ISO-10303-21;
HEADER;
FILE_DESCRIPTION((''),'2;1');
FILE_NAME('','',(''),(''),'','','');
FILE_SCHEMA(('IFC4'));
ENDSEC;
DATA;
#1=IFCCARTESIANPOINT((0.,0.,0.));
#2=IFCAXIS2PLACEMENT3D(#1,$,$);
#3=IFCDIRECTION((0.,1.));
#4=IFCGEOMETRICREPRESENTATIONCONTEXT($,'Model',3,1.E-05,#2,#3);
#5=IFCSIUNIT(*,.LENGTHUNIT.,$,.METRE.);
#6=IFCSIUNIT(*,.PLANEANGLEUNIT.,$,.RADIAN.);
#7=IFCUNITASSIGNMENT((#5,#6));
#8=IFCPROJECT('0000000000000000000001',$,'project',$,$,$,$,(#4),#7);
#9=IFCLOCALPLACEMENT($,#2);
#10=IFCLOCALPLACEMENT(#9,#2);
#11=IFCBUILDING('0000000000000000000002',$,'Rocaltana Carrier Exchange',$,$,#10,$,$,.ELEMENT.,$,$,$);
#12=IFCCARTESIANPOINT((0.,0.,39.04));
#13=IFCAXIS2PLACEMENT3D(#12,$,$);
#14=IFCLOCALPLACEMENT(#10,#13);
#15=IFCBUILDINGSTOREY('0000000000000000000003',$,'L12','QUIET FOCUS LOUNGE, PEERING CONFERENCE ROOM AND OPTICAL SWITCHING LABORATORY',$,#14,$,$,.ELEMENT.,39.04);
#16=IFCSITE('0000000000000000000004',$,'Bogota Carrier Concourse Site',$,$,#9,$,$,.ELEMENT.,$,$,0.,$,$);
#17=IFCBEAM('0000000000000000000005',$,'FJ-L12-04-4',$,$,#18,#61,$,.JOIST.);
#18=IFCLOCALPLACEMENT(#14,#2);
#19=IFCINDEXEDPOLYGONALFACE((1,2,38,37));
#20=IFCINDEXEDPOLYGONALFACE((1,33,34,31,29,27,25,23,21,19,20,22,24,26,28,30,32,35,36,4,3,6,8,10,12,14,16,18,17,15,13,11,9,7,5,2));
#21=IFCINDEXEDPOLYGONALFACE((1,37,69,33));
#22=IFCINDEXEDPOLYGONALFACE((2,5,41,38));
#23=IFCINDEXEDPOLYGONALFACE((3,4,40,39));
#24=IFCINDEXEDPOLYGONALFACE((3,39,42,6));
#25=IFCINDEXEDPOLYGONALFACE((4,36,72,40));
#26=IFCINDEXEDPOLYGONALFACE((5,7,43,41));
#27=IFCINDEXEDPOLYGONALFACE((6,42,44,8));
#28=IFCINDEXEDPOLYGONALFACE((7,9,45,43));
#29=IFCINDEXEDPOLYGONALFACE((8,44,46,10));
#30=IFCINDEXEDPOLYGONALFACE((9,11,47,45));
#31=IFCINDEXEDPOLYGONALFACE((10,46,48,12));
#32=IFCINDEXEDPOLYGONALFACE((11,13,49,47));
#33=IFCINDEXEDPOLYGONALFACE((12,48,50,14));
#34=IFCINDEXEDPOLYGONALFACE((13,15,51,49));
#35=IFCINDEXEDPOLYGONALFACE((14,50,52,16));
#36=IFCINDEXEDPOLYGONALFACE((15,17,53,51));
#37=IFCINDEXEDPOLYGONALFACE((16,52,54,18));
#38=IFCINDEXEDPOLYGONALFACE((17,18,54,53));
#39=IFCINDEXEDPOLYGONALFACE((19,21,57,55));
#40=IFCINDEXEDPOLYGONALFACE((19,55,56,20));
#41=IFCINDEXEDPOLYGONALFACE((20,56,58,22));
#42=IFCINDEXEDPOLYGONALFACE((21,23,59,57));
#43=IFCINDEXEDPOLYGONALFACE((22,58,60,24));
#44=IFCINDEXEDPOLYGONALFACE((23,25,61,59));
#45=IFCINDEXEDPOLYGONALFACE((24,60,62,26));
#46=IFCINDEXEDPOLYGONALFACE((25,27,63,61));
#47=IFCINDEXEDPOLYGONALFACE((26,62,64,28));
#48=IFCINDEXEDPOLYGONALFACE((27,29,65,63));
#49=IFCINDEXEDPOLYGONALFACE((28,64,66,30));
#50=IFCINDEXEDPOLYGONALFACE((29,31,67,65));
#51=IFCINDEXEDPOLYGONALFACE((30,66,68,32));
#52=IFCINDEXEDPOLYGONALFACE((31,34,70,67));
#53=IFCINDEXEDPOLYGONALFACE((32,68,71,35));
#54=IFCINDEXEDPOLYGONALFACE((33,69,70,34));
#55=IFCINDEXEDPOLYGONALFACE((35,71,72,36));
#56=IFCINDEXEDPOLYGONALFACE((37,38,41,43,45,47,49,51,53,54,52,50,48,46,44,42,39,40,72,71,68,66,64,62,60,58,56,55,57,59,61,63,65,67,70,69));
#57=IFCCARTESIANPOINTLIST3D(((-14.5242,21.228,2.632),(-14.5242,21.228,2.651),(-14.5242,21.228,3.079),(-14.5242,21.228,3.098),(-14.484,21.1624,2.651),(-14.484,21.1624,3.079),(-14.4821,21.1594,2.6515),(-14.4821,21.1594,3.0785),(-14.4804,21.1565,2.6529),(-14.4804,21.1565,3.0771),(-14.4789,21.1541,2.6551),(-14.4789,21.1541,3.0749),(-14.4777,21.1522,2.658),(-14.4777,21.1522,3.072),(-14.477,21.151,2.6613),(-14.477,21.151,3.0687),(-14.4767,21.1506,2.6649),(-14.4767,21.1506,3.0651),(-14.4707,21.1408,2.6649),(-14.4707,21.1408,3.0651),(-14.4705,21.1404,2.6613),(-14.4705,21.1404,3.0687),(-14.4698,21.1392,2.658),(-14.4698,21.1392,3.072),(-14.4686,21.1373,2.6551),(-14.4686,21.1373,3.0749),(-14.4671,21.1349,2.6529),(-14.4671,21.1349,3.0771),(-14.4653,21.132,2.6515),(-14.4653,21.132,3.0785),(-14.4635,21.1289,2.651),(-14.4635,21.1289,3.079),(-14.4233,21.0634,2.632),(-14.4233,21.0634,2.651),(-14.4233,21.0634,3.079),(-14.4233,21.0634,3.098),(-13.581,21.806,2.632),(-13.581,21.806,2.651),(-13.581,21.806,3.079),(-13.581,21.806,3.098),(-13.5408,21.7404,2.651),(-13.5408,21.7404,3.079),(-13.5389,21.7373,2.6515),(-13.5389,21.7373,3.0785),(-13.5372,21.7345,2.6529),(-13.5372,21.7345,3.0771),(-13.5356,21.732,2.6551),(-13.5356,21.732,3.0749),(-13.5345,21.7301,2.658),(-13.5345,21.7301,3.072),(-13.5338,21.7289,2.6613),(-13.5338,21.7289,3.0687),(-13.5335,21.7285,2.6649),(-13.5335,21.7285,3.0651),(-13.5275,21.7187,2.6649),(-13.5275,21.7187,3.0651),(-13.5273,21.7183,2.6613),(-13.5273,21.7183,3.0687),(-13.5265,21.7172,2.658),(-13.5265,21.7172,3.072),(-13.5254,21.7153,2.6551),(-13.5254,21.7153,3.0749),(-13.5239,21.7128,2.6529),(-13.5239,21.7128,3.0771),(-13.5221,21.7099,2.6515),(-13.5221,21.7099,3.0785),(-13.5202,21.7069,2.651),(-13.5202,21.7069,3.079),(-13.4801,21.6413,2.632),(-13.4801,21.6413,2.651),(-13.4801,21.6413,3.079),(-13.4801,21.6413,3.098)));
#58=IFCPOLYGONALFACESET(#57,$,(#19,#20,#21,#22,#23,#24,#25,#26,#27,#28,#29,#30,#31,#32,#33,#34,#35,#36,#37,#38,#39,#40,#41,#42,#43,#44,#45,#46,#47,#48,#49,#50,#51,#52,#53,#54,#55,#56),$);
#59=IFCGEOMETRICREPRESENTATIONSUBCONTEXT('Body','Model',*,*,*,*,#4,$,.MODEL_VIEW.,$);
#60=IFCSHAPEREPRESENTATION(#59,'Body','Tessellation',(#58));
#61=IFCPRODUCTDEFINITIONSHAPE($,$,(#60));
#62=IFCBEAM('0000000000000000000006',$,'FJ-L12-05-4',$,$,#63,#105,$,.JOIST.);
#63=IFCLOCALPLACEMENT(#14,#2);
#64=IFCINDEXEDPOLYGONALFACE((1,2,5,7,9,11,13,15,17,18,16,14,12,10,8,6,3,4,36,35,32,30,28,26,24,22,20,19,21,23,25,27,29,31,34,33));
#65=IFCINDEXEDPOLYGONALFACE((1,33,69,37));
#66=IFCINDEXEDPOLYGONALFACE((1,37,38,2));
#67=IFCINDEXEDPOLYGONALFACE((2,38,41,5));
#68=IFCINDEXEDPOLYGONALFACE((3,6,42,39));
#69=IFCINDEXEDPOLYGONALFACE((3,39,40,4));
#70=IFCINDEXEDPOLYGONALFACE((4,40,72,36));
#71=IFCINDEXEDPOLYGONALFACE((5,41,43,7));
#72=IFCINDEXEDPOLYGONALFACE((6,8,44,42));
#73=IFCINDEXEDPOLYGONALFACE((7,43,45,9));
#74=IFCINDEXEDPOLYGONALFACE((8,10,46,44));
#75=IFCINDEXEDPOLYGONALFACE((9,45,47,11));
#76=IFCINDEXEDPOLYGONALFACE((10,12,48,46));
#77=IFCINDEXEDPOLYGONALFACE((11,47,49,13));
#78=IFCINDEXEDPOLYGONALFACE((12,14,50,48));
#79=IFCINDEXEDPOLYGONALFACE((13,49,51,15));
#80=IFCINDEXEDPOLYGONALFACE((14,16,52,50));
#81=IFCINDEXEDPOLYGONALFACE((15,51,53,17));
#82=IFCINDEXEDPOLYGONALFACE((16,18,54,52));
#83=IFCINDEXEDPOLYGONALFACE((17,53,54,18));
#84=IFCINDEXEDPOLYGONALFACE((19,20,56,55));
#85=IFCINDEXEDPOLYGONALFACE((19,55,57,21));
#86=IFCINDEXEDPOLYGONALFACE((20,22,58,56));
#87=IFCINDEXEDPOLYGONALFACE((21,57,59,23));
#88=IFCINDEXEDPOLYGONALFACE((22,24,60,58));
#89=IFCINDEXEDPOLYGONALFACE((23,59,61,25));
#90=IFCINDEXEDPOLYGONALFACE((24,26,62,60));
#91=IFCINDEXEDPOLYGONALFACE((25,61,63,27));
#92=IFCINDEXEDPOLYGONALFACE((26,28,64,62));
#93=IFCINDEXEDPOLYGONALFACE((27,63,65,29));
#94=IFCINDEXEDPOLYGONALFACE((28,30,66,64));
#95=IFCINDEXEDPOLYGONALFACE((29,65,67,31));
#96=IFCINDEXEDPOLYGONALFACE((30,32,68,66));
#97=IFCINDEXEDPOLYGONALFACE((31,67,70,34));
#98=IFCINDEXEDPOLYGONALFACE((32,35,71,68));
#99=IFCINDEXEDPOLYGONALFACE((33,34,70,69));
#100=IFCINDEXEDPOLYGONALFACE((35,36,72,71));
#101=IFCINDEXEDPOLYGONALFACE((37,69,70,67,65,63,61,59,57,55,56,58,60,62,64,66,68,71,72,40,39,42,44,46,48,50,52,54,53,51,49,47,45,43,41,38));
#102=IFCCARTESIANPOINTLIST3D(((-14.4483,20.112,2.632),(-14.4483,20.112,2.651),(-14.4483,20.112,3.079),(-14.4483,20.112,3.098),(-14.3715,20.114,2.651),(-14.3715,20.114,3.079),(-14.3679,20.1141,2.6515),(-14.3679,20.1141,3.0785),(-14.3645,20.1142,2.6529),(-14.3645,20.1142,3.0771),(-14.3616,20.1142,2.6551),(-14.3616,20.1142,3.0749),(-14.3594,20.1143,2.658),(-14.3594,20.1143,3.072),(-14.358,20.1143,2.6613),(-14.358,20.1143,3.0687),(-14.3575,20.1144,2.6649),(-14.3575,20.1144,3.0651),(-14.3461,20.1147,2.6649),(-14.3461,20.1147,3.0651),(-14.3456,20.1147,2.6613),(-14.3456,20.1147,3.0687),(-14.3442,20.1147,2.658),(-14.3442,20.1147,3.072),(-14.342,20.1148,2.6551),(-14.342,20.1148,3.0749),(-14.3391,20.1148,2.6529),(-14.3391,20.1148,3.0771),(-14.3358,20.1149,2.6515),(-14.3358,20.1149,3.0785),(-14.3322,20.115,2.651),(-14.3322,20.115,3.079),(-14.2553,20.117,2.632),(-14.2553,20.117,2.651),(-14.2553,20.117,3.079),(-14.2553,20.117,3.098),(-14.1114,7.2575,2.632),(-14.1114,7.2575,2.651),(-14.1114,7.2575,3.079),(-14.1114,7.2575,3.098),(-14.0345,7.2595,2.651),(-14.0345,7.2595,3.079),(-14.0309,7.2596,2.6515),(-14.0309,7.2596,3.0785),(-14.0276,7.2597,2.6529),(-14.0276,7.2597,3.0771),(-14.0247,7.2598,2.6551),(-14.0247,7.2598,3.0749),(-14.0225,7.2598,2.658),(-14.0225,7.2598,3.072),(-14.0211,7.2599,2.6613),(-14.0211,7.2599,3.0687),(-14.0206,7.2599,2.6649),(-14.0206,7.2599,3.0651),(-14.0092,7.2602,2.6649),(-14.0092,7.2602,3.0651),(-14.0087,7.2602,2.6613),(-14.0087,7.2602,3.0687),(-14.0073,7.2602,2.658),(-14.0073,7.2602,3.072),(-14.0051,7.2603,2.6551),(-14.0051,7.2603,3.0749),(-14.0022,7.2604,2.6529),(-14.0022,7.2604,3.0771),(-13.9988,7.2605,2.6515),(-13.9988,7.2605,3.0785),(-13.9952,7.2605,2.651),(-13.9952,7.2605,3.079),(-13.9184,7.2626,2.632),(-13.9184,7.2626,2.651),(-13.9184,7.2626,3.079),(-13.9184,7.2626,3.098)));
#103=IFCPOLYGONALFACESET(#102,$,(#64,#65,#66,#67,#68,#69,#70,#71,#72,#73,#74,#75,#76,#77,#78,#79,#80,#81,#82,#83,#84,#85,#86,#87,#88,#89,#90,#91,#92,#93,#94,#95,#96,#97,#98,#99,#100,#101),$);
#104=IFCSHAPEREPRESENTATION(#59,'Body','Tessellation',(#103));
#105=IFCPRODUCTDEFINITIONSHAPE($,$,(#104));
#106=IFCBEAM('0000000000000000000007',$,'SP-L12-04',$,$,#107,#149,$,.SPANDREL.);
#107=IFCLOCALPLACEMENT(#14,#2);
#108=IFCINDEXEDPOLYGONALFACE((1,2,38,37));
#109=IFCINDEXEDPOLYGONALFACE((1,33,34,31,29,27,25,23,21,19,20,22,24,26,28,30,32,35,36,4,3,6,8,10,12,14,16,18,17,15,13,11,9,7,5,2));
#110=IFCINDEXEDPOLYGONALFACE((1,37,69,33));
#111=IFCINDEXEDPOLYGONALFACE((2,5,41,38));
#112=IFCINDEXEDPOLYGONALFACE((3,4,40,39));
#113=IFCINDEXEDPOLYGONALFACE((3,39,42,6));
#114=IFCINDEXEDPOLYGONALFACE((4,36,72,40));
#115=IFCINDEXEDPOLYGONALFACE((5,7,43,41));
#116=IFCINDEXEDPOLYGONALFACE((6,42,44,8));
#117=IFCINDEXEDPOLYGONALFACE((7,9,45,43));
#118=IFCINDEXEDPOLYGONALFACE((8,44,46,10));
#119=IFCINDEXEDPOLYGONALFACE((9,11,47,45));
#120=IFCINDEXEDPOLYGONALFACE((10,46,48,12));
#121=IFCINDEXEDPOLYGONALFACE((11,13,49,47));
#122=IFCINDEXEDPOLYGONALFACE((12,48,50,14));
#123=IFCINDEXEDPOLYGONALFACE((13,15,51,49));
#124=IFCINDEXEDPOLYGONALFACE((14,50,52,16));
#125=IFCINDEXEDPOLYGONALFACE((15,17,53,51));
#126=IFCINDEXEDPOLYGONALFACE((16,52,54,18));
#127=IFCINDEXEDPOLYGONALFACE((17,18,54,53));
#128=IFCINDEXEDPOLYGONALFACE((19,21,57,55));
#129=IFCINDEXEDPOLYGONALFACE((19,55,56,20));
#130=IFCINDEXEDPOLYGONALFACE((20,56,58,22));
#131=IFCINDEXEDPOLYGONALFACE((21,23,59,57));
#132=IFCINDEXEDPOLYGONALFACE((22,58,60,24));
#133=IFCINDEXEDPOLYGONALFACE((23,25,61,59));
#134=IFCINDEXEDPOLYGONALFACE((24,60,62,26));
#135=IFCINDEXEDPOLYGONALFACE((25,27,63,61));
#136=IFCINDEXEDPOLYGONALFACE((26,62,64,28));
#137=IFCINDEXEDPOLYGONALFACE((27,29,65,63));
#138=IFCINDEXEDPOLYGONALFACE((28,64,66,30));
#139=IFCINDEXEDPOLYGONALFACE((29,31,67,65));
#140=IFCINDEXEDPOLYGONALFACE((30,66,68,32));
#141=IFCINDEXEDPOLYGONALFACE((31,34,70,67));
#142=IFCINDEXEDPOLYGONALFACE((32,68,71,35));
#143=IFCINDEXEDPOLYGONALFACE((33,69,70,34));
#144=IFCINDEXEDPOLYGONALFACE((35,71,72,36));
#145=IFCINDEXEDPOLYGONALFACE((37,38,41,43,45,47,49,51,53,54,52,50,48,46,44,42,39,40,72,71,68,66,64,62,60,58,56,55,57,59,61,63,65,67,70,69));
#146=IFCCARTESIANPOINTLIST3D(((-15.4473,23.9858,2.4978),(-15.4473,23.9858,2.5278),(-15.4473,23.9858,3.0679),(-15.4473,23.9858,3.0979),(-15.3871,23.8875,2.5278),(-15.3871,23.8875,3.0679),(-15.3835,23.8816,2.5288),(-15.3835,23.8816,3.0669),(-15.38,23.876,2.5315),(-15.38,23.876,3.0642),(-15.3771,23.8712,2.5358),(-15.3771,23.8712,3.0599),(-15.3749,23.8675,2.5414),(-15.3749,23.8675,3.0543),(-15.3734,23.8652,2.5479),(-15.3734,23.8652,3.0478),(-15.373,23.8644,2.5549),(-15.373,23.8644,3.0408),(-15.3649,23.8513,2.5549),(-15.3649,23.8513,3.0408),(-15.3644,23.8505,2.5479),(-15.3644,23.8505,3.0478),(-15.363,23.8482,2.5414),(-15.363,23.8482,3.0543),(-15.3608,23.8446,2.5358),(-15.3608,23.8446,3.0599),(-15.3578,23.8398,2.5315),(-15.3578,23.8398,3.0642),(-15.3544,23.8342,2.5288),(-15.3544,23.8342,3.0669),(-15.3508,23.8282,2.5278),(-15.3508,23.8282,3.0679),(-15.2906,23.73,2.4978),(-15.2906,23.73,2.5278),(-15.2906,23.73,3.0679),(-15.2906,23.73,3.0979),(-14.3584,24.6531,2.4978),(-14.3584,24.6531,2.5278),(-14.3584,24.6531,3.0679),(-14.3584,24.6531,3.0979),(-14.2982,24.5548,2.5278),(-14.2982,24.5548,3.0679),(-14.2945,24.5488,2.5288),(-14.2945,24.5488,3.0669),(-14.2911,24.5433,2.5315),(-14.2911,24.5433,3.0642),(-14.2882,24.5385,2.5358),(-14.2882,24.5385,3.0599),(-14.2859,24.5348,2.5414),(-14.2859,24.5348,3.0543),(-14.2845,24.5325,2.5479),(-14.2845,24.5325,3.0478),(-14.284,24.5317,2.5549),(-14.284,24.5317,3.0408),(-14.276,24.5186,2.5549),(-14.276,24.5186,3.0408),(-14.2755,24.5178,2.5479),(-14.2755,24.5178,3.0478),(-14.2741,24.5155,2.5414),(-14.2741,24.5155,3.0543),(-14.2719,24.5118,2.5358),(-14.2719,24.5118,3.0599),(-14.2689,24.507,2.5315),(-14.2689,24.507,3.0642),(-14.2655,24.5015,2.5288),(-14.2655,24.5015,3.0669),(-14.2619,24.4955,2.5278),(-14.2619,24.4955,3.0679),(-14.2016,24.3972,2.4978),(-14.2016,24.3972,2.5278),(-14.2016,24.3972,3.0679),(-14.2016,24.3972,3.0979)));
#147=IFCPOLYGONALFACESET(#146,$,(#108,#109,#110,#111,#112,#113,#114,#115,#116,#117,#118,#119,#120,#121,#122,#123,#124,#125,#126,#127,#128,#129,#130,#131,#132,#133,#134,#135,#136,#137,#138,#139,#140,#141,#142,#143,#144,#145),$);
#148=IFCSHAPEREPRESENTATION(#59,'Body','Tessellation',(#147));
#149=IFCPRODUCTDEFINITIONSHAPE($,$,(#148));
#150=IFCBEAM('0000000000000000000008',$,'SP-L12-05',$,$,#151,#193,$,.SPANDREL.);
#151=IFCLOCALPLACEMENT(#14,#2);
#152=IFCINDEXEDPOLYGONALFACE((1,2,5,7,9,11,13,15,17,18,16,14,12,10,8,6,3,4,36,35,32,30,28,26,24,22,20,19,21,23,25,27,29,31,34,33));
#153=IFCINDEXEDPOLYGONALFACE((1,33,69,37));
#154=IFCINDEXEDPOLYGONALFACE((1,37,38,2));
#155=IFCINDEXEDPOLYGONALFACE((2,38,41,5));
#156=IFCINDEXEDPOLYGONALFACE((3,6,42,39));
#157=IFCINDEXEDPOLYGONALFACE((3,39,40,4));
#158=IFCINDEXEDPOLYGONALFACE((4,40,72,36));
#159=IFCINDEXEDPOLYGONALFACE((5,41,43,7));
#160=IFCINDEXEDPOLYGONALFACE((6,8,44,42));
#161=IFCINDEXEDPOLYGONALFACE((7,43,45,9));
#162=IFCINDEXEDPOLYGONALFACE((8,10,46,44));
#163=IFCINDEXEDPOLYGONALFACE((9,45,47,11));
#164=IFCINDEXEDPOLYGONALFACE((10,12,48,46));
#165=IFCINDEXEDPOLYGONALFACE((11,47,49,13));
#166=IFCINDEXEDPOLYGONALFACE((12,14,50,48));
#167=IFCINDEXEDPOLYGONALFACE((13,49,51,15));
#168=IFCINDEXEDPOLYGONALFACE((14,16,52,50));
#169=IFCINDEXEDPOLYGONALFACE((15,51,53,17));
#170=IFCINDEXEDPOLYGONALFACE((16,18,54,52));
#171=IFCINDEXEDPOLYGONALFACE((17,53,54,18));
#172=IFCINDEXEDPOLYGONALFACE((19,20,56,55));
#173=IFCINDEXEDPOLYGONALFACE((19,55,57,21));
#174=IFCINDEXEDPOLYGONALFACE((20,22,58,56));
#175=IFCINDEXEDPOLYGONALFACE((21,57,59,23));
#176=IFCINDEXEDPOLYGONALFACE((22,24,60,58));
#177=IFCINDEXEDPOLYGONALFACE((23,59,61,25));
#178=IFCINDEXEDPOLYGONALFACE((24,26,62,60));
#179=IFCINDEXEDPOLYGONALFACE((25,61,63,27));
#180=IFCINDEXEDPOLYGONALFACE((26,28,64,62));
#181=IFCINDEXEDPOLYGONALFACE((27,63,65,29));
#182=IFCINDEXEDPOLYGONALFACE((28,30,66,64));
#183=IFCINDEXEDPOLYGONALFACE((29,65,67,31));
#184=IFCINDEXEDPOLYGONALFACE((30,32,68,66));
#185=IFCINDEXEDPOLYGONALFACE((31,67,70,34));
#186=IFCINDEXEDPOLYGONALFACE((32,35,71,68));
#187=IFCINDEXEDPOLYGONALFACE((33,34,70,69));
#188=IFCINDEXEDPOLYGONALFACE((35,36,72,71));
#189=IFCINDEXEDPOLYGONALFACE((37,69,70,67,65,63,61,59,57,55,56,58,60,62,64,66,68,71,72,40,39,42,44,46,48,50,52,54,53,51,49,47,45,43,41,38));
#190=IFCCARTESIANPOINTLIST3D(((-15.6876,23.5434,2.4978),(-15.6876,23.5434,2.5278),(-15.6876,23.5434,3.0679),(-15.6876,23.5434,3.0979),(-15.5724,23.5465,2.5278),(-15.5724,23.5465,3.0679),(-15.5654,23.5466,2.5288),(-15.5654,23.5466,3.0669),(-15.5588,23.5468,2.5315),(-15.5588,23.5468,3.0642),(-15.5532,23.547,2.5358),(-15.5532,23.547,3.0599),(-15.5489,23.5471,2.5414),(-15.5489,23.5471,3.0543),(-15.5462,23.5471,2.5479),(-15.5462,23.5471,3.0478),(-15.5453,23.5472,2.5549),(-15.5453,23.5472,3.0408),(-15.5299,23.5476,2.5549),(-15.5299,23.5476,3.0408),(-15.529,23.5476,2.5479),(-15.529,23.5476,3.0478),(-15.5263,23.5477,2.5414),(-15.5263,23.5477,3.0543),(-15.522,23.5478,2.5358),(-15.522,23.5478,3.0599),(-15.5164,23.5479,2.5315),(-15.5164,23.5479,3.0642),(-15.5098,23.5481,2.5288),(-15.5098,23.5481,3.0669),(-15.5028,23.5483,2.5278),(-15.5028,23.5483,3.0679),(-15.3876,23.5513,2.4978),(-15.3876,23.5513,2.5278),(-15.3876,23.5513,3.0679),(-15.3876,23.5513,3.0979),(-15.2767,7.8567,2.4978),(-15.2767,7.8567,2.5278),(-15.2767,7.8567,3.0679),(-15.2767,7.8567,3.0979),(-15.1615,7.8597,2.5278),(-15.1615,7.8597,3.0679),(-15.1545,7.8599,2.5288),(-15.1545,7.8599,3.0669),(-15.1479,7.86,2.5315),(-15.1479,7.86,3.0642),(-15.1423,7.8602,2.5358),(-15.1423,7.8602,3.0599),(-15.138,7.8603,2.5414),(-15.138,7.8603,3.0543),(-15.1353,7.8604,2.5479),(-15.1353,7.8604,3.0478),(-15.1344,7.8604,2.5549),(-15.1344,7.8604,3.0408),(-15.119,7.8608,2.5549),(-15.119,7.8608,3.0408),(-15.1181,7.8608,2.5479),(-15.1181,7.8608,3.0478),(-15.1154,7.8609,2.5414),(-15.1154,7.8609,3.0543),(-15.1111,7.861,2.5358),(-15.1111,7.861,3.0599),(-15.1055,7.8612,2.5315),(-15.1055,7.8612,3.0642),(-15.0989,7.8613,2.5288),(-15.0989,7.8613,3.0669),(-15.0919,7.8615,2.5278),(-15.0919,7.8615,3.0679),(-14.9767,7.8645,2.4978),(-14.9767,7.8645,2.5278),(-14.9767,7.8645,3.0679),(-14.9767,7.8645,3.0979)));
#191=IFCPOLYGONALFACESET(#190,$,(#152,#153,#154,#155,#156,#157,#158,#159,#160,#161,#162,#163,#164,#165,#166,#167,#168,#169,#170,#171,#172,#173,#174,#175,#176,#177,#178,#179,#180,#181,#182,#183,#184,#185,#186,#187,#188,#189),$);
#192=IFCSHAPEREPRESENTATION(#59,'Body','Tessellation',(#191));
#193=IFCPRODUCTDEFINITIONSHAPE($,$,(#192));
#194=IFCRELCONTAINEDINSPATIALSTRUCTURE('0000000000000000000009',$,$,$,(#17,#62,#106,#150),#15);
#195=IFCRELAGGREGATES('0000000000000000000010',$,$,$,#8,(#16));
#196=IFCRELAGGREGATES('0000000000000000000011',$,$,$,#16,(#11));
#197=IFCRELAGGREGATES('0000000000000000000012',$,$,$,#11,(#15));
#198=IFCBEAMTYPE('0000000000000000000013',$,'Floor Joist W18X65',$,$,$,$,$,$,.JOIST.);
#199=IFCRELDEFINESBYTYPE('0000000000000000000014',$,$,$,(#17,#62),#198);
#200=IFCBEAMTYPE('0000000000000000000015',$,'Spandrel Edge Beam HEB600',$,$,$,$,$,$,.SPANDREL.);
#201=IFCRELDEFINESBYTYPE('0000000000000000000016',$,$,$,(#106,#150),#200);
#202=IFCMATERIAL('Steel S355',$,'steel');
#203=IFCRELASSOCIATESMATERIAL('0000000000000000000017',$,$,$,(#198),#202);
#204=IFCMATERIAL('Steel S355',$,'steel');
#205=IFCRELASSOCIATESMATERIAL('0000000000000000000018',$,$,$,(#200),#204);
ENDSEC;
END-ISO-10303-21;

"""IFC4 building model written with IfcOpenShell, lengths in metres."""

from ifc_helpers import new_model, si_unit, direction, frame, origin, origin_2d, place, context, subcontext, project, spatial, i_section, extrude, material, material_profile, profile_set, type_object, element, save


model = new_model("IFC4")

# Units and contexts
model_context = context("Model", 3, precision=1e-05, world=origin(), true_north=direction((0.0, 1.0)))
body_context = subcontext(model_context, "Body", "Model", "MODEL_VIEW")
ifc_project = project(units=[si_unit("LENGTHUNIT", "METRE"), si_unit("PLANEANGLEUNIT", "RADIAN")], contexts=[model_context])

# Site, building, storey
site_placement = place(None, origin())
site = spatial("IfcSite", under=ifc_project, at=site_placement, Name="Bogota Carrier Concourse Site", CompositionType="ELEMENT", RefElevation=0.0)
building_placement = place(site_placement, origin())
building = spatial("IfcBuilding", under=site, at=building_placement, Name="Rocaltana Carrier Exchange", CompositionType="ELEMENT")
storey_placement = place(building_placement, frame((0.0, 0.0, 39.04)))
storey = spatial("IfcBuildingStorey", under=building, at=storey_placement, Name="L12", Description="QUIET FOCUS LOUNGE, PEERING CONFERENCE ROOM AND OPTICAL SWITCHING LABORATORY", CompositionType="ELEMENT", Elevation=39.04)

# Beams
ifc_material_1 = material(Name="Steel S355", Category="steel")
ifc_material_profile_1 = material_profile(ifc_material_1, i_section(OverallWidth=0.1931, OverallDepth=0.4661, WebThickness=0.0115, FlangeThickness=0.019, FilletRadius=0.0139, at=origin_2d()), Name="W18X65")
ifc_profile_set_1 = profile_set([ifc_material_profile_1], Name="Steel S355")
beam_type_1 = type_object("IfcBeamType", Name="Floor Joist W18X65", PredefinedType="JOIST", material=ifc_profile_set_1)
beam_1_placement = place(storey_placement, frame((-13.5305, 21.7236, 2.865), z_axis=(-0.852665, -0.522459, 0.0), x_axis=(0.522459, -0.852665, 0.0)))
element("IfcBeam", 1, at=beam_1_placement, inside=storey, type_object=beam_type_1, Name="FJ-L12-04-4", PredefinedType="JOIST", context=body_context, shape_type="SweptSolid", body=[
    extrude(i_section(OverallWidth=0.1931, OverallDepth=0.4661, WebThickness=0.0115, FlangeThickness=0.019, FilletRadius=0.0139, at=origin_2d()), origin(), (0.0, 0.0, 1.0), 1.1062),
])
beam_2_placement = place(storey_placement, frame((-14.3518, 20.1145, 2.865), z_axis=(0.026201, -0.999657, 0.0), x_axis=(0.999657, 0.026201, 0.0)))
element("IfcBeam", 2, at=beam_2_placement, inside=storey, type_object=beam_type_1, Name="FJ-L12-05-4", PredefinedType="JOIST", context=body_context, shape_type="SweptSolid", body=[
    extrude(i_section(OverallWidth=0.1931, OverallDepth=0.4661, WebThickness=0.0115, FlangeThickness=0.019, FilletRadius=0.0139, at=origin_2d()), origin(), (0.0, 0.0, 1.0), 12.8589),
])
ifc_material_2 = material(Name="Steel S355", Category="steel")
ifc_material_profile_2 = material_profile(ifc_material_2, i_section(OverallWidth=0.3, OverallDepth=0.6001, WebThickness=0.0154, FlangeThickness=0.03, FilletRadius=0.0271, at=origin_2d()), Name="HEB600")
ifc_profile_set_2 = profile_set([ifc_material_profile_2], Name="Steel S355")
beam_type_2 = type_object("IfcBeamType", Name="Spandrel Edge Beam HEB600", PredefinedType="SPANDREL", material=ifc_profile_set_2)
beam_3_placement = place(storey_placement, frame((-14.28, 24.5251, 2.7979), z_axis=(-0.852648, -0.522486, 0.0), x_axis=(0.522486, -0.852648, 0.0)))
element("IfcBeam", 3, at=beam_3_placement, inside=storey, type_object=beam_type_2, Name="SP-L12-04", PredefinedType="SPANDREL", context=body_context, shape_type="SweptSolid", body=[
    extrude(i_section(OverallWidth=0.3, OverallDepth=0.6001, WebThickness=0.0154, FlangeThickness=0.03, FilletRadius=0.0271, at=origin_2d()), origin(), (0.0, 0.0, 1.0), 1.2771),
])
beam_4_placement = place(storey_placement, frame((-15.5376, 23.5474, 2.7979), z_axis=(0.026184, -0.999657, 0.0), x_axis=(0.999657, 0.026184, 0.0)))
element("IfcBeam", 4, at=beam_4_placement, inside=storey, type_object=beam_type_2, Name="SP-L12-05", PredefinedType="SPANDREL", context=body_context, shape_type="SweptSolid", body=[
    extrude(i_section(OverallWidth=0.3, OverallDepth=0.6001, WebThickness=0.0154, FlangeThickness=0.03, FilletRadius=0.0271, at=origin_2d()), origin(), (0.0, 0.0, 1.0), 15.6921),
])

save(model, "model.ifc")
